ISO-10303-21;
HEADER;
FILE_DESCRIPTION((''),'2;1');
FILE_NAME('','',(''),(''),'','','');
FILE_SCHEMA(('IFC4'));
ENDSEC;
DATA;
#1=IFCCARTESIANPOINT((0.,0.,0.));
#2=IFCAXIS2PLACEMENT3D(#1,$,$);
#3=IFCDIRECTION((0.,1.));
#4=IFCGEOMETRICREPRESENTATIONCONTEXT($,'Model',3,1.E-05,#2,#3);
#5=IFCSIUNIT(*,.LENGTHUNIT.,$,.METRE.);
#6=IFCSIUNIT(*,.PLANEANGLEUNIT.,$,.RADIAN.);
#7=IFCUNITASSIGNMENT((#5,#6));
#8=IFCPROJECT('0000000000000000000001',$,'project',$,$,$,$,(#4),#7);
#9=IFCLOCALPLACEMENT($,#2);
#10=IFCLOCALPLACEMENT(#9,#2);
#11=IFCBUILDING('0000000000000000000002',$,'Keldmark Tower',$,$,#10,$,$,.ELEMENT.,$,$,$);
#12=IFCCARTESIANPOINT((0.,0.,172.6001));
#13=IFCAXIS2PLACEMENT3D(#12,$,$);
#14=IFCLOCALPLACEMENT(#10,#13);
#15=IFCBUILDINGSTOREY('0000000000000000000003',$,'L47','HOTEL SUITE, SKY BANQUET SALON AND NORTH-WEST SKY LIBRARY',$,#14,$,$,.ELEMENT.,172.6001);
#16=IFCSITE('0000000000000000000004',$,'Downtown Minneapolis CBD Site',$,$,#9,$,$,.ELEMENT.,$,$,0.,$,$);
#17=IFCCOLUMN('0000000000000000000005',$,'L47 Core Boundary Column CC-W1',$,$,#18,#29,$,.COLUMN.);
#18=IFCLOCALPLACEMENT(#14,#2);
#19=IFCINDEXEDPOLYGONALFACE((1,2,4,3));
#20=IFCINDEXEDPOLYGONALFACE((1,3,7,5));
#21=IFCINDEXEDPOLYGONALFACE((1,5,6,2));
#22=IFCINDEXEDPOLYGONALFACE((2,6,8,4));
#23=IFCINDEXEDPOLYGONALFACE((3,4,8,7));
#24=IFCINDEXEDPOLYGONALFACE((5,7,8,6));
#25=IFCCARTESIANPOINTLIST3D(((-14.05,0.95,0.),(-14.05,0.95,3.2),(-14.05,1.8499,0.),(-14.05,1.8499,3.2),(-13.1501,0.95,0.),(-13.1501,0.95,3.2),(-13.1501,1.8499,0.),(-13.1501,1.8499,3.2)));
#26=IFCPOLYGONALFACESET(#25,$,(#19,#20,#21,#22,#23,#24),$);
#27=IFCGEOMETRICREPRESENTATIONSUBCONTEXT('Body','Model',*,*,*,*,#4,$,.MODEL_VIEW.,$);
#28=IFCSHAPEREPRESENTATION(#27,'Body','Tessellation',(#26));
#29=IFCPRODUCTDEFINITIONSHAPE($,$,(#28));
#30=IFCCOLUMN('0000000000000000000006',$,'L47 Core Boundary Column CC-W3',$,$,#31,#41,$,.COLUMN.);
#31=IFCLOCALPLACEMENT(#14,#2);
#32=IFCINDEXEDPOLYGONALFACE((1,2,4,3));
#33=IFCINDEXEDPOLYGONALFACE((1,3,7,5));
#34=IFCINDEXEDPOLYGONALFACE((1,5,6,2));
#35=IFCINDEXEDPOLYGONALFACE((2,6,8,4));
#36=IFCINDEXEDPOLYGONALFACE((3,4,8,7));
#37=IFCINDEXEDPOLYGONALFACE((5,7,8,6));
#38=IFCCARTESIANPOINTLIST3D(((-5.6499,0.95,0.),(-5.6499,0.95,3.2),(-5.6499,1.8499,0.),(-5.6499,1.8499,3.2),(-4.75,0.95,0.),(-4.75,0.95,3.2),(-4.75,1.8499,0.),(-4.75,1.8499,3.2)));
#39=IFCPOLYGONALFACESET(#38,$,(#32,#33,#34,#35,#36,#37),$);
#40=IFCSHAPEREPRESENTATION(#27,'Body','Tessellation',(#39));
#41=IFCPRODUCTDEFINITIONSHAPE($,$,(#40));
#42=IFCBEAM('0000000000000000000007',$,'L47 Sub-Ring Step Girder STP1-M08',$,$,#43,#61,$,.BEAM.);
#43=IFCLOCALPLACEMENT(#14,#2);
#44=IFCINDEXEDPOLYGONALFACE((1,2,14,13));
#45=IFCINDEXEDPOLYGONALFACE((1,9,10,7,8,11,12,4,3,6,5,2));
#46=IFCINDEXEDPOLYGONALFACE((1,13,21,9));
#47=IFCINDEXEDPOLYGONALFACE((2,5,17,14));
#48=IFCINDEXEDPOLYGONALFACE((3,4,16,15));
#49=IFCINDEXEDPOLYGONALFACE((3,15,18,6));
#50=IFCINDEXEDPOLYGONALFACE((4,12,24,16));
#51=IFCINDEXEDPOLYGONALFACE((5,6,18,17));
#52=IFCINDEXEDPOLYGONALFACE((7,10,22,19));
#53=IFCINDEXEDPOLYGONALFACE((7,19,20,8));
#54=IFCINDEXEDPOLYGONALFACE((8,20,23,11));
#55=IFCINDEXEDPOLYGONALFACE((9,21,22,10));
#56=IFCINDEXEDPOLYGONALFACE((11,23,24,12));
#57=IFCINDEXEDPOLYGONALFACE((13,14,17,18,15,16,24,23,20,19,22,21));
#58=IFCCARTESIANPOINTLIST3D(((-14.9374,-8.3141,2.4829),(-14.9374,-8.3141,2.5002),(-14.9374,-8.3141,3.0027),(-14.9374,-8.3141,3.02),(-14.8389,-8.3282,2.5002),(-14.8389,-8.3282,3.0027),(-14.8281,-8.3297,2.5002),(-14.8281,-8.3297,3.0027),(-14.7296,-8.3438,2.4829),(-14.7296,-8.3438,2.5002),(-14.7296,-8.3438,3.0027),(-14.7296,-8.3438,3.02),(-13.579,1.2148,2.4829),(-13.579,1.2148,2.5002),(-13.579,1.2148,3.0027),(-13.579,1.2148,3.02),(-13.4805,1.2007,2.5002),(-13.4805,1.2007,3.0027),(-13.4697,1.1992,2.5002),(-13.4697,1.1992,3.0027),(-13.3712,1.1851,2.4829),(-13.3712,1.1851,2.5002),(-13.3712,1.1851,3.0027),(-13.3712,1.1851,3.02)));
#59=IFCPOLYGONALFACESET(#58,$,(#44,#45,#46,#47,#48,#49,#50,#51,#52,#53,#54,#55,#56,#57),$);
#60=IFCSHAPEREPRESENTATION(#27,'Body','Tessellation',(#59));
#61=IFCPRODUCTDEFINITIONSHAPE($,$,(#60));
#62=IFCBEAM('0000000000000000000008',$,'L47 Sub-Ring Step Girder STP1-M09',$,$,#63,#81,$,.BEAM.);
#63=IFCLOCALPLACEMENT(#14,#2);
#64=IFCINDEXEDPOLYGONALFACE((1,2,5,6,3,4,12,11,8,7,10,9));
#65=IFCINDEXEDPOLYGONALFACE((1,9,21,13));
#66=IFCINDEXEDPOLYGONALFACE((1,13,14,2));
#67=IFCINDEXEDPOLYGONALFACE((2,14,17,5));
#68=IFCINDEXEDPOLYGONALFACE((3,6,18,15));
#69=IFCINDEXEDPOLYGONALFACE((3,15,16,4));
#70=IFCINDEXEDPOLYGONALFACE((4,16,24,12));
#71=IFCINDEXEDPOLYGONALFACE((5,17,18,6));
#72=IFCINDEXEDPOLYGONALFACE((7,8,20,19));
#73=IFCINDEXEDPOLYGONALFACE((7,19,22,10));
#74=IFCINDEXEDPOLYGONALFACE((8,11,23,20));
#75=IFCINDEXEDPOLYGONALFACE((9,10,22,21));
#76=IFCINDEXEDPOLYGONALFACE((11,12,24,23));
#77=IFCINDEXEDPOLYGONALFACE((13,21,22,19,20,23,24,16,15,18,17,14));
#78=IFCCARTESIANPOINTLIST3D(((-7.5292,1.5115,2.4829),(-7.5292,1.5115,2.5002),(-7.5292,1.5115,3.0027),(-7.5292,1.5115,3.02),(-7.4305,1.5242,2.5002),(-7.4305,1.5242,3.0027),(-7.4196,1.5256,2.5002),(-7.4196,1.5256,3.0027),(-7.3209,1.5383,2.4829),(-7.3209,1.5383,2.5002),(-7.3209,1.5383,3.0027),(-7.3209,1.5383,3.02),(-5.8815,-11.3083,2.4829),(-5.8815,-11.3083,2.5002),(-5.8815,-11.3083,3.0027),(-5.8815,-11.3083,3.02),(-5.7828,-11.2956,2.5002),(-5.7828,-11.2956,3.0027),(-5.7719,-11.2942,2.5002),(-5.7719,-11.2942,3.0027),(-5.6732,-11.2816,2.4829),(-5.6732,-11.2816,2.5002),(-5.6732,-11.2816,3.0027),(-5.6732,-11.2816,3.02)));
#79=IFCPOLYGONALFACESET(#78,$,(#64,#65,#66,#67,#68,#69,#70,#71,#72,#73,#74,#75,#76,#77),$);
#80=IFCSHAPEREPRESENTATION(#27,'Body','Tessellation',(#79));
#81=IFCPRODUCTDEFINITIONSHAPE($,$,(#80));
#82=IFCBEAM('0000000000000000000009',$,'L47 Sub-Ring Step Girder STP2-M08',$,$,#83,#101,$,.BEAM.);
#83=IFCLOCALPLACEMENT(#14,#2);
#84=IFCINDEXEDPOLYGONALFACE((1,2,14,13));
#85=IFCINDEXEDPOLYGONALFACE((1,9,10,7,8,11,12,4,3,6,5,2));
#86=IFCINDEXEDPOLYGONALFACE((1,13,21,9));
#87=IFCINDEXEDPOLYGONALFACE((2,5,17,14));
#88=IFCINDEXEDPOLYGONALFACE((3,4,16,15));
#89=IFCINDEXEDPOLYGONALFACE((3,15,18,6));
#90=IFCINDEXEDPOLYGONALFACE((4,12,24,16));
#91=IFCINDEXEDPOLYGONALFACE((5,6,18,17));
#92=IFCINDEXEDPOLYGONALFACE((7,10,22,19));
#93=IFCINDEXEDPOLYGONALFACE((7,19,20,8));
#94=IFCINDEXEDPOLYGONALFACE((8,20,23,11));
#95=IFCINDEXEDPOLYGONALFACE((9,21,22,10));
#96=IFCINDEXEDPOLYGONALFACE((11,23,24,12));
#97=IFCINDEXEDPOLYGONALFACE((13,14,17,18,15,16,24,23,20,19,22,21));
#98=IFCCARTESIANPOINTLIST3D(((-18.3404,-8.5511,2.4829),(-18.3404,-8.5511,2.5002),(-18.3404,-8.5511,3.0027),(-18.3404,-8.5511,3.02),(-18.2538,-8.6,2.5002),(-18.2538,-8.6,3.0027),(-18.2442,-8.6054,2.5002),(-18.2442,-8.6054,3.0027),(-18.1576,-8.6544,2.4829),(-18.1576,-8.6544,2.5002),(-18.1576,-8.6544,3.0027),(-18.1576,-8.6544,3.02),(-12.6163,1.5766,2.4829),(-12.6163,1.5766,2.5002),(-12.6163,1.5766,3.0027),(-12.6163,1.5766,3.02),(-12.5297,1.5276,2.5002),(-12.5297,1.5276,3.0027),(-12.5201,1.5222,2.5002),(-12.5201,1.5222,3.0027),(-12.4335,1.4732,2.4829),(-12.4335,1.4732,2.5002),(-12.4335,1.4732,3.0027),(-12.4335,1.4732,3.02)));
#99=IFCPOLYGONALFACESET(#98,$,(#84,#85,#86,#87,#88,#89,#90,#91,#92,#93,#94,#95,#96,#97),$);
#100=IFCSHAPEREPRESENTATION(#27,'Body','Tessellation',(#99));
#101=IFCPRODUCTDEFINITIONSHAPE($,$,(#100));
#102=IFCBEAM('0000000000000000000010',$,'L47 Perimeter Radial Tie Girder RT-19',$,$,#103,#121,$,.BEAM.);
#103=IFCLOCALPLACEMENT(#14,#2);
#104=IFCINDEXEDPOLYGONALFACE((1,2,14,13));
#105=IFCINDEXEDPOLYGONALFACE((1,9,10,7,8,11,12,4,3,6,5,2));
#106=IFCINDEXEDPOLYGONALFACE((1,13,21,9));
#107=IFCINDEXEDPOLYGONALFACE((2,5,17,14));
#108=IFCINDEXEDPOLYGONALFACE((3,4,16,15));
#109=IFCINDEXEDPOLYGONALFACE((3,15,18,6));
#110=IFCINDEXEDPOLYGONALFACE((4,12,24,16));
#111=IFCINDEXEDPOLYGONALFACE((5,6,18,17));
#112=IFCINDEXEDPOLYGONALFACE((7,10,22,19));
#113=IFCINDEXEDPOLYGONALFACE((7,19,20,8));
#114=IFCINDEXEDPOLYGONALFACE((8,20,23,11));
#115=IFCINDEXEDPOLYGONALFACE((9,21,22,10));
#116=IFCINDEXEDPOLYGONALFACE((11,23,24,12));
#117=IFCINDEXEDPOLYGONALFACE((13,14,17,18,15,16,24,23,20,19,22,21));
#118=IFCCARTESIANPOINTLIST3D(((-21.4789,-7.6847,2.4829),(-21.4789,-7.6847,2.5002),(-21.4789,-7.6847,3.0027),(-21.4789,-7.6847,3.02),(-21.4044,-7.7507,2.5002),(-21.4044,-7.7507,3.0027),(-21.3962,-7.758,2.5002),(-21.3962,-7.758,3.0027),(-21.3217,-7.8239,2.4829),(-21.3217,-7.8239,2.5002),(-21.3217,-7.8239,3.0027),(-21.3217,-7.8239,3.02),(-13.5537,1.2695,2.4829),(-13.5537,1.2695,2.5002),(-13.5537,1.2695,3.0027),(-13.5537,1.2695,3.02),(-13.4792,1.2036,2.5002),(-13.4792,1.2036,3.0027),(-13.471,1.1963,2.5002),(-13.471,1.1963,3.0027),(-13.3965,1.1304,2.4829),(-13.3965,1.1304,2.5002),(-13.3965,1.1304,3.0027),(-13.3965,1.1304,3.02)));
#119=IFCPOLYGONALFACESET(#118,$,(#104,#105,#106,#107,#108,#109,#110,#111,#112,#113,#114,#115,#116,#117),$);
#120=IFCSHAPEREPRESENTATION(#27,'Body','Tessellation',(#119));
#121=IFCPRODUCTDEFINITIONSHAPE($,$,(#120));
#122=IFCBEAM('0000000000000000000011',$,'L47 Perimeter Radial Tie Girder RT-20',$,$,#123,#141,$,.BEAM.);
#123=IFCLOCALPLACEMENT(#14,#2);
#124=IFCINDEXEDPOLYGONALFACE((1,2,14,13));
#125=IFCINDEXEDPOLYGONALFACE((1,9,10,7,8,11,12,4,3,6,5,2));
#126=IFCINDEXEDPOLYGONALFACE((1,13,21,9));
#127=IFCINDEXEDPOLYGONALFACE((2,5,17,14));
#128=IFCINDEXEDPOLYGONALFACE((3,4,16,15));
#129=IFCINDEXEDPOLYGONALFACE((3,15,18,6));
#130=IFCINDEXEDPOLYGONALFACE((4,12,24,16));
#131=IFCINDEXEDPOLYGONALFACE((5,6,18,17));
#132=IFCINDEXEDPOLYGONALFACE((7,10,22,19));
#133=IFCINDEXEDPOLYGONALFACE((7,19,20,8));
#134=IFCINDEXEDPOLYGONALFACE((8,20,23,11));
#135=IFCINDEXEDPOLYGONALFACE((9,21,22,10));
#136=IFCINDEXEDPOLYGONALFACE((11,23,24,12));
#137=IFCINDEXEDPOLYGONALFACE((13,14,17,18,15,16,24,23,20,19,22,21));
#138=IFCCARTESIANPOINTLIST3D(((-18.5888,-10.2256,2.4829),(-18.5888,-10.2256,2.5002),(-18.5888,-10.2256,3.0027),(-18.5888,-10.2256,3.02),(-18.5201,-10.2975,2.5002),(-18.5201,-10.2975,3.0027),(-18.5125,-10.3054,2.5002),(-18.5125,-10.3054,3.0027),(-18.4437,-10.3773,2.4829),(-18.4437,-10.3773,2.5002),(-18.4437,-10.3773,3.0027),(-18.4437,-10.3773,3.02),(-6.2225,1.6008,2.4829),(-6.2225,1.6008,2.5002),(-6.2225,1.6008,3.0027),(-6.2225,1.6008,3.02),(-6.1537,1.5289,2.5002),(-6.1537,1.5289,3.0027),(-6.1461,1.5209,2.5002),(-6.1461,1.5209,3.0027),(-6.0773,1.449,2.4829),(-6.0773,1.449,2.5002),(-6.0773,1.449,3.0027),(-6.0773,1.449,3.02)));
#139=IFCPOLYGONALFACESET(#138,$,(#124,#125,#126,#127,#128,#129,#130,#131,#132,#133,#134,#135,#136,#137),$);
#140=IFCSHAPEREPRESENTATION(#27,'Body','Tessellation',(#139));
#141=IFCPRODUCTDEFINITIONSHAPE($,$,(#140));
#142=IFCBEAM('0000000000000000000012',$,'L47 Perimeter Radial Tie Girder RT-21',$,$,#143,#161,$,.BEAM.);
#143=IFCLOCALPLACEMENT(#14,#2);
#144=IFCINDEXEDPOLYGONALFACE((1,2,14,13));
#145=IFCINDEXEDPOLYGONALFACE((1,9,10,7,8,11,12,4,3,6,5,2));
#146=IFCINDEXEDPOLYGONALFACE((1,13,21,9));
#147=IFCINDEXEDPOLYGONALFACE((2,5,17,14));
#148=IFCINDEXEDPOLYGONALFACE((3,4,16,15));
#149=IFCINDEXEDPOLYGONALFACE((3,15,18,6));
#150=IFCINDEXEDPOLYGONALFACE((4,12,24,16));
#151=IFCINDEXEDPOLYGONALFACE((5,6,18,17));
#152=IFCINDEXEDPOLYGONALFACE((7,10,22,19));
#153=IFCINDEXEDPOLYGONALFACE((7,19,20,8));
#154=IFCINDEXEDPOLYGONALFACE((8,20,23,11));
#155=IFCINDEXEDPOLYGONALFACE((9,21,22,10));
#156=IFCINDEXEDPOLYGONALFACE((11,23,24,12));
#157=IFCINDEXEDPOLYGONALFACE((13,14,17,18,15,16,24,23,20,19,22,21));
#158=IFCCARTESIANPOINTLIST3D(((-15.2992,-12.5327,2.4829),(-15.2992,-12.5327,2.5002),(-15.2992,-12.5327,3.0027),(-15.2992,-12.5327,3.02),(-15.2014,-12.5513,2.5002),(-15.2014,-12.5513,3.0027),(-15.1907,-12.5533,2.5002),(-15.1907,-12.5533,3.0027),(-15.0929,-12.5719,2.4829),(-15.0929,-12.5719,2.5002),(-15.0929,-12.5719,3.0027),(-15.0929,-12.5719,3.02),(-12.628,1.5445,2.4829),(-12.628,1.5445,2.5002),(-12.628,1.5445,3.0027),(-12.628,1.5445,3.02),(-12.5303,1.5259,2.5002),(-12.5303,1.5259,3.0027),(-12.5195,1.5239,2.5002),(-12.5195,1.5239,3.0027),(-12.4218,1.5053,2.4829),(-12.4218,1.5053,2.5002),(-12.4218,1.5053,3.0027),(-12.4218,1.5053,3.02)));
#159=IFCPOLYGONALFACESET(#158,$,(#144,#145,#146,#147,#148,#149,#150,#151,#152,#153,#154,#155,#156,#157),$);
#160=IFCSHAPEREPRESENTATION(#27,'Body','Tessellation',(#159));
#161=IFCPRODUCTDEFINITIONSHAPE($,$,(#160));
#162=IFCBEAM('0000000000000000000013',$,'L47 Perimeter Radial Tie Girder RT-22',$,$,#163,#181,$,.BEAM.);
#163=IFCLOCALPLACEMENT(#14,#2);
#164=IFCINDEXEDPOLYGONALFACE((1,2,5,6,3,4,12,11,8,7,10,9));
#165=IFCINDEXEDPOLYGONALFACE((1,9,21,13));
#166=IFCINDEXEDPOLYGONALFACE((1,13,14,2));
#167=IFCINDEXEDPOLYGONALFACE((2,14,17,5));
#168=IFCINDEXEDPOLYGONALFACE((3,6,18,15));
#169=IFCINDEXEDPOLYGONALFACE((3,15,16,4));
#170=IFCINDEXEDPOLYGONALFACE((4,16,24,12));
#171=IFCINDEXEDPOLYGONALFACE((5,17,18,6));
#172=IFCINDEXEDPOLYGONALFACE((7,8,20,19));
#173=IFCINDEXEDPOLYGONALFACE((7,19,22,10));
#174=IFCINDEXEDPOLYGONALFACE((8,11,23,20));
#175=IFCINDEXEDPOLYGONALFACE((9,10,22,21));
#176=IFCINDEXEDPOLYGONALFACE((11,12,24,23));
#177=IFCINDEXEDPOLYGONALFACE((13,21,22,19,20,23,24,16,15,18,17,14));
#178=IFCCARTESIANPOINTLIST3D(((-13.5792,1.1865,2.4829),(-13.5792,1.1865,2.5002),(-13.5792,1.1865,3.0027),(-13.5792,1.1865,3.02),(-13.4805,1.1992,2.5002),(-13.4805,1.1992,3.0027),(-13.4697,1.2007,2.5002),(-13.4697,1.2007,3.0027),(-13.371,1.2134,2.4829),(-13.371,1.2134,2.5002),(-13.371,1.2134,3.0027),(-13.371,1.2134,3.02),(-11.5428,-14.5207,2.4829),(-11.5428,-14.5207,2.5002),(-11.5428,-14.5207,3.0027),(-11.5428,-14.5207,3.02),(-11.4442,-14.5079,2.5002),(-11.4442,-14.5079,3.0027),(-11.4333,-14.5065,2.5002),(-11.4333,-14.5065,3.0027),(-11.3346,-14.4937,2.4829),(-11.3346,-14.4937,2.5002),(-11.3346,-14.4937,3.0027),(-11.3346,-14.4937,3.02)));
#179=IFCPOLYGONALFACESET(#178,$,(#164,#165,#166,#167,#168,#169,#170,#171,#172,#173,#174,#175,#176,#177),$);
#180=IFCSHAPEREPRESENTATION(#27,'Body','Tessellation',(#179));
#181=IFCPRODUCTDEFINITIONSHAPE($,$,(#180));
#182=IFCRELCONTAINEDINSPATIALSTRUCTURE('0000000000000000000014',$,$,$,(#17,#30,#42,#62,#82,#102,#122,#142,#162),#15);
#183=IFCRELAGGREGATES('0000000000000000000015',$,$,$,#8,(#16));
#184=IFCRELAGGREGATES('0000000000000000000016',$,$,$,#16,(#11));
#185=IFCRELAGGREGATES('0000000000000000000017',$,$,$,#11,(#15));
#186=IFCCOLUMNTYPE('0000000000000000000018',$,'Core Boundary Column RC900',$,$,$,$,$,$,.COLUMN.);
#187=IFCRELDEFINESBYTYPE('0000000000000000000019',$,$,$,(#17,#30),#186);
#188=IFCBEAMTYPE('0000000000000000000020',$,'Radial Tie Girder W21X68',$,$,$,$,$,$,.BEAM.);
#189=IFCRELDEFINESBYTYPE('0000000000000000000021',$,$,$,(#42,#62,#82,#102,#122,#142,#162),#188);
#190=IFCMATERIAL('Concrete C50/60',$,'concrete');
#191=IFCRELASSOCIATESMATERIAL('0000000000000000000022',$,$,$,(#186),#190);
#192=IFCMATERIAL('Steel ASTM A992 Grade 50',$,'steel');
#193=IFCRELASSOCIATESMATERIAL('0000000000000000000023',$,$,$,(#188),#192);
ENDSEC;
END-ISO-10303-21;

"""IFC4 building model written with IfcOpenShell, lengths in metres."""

from ifc_helpers import new_model, si_unit, direction, frame, origin, origin_2d, place, context, subcontext, project, spatial, rectangle, i_section, extrude, material, material_profile, profile_set, type_object, element, save


model = new_model("IFC4")

# Units and contexts
model_context = context("Model", 3, precision=1e-05, world=origin(), true_north=direction((0.0, 1.0)))
body_context = subcontext(model_context, "Body", "Model", "MODEL_VIEW")
ifc_project = project(units=[si_unit("LENGTHUNIT", "METRE"), si_unit("PLANEANGLEUNIT", "RADIAN")], contexts=[model_context])

# Site, building, storey
site_placement = place(None, origin())
site = spatial("IfcSite", under=ifc_project, at=site_placement, Name="Downtown Minneapolis CBD Site", CompositionType="ELEMENT", RefElevation=0.0)
building_placement = place(site_placement, origin())
building = spatial("IfcBuilding", under=site, at=building_placement, Name="Keldmark Tower", CompositionType="ELEMENT")
storey_placement = place(building_placement, frame((0.0, 0.0, 172.6001)))
storey = spatial("IfcBuildingStorey", under=building, at=storey_placement, Name="L47", Description="HOTEL SUITE, SKY BANQUET SALON AND NORTH-WEST SKY LIBRARY", CompositionType="ELEMENT", Elevation=172.6001)

# Columns
ifc_material_1 = material(Name="Concrete C50/60", Category="concrete")
ifc_material_profile_1 = material_profile(ifc_material_1, rectangle(XDim=0.8999, YDim=0.8999, at=origin_2d()), Name="RC900X900")
ifc_profile_set_1 = profile_set([ifc_material_profile_1], Name="Concrete C50/60")
column_type = type_object("IfcColumnType", Name="Core Boundary Column RC900", PredefinedType="COLUMN", material=ifc_profile_set_1)
for number, where, z_axis, x_axis, name in (
    (1, (-13.6001, 1.3999, 0.0), (0.0, 0.0, 1.0), (1.0, 0.0, 0.0), "L47 Core Boundary Column CC-W1"),
    (2, (-5.2, 1.3999, 0.0), (0.0, 0.0, 1.0), (1.0, 0.0, 0.0), "L47 Core Boundary Column CC-W3"),
):
    element("IfcColumn", number, at=place(storey_placement, frame(where, z_axis=z_axis, x_axis=x_axis)), inside=storey, type_object=column_type, Name=name, PredefinedType="COLUMN", context=body_context, shape_type="SweptSolid", body=[
        extrude(rectangle(XDim=0.8999, YDim=0.8999, at=origin_2d()), origin(), (0.0, 0.0, 1.0), 3.2),
    ])

# Beams
ifc_material_2 = material(Name="Steel ASTM A992 Grade 50", Category="steel")
ifc_material_profile_2 = material_profile(ifc_material_2, i_section(OverallWidth=0.21, OverallDepth=0.5371, WebThickness=0.011, FlangeThickness=0.0173, at=origin_2d()), Name="W21X68")
ifc_profile_set_2 = profile_set([ifc_material_profile_2], Name="Steel ASTM A992 Grade 50")
beam_type = type_object("IfcBeamType", Name="Radial Tie Girder W21X68", PredefinedType="BEAM", material=ifc_profile_set_2)
beam_1_placement = place(storey_placement, frame((-13.4751, 1.2, 2.7515), z_axis=(-0.14113, -0.989991, 0.0), x_axis=(0.989991, -0.14113, 0.0)))
element("IfcBeam", 3, at=beam_1_placement, inside=storey, type_object=beam_type, Name="L47 Sub-Ring Step Girder STP1-M08", PredefinedType="BEAM", context=body_context, shape_type="SweptSolid", body=[
    extrude(i_section(OverallWidth=0.21, OverallDepth=0.5371, WebThickness=0.011, FlangeThickness=0.0173, at=origin_2d()), origin(), (0.0, 0.0, 1.0), 9.6252),
])
beam_2_placement = place(storey_placement, frame((-7.425, 1.5249, 2.7515), z_axis=(0.127479, -0.991841, 0.0), x_axis=(0.991841, 0.127479, 0.0)))
element("IfcBeam", 4, at=beam_2_placement, inside=storey, type_object=beam_type, Name="L47 Sub-Ring Step Girder STP1-M09", PredefinedType="BEAM", context=body_context, shape_type="SweptSolid", body=[
    extrude(i_section(OverallWidth=0.21, OverallDepth=0.5371, WebThickness=0.011, FlangeThickness=0.0173, at=origin_2d()), origin(), (0.0, 0.0, 1.0), 12.9253),
])
beam_3_placement = place(storey_placement, frame((-12.5249, 1.5249, 2.7515), z_axis=(-0.492043, -0.870571, 0.0), x_axis=(0.870571, -0.492043, 0.0)))
element("IfcBeam", 5, at=beam_3_placement, inside=storey, type_object=beam_type, Name="L47 Sub-Ring Step Girder STP2-M08", PredefinedType="BEAM", context=body_context, shape_type="SweptSolid", body=[
    extrude(i_section(OverallWidth=0.21, OverallDepth=0.5371, WebThickness=0.011, FlangeThickness=0.0173, at=origin_2d()), origin(), (0.0, 0.0, 1.0), 11.6333),
])
beam_4_placement = place(storey_placement, frame((-13.4751, 1.2, 2.7515), z_axis=(-0.662768, -0.748825, 0.0), x_axis=(0.748825, -0.662768, 0.0)))
element("IfcBeam", 6, at=beam_4_placement, inside=storey, type_object=beam_type, Name="L47 Perimeter Radial Tie Girder RT-19", PredefinedType="BEAM", context=body_context, shape_type="SweptSolid", body=[
    extrude(i_section(OverallWidth=0.21, OverallDepth=0.5371, WebThickness=0.011, FlangeThickness=0.0173, at=origin_2d()), origin(), (0.0, 0.0, 1.0), 11.9578),
])
beam_5_placement = place(storey_placement, frame((-6.1499, 1.5249, 2.7515), z_axis=(-0.722711, -0.69115, 0.0), x_axis=(0.69115, -0.722711, 0.0)))
element("IfcBeam", 7, at=beam_5_placement, inside=storey, type_object=beam_type, Name="L47 Perimeter Radial Tie Girder RT-20", PredefinedType="BEAM", context=body_context, shape_type="SweptSolid", body=[
    extrude(i_section(OverallWidth=0.21, OverallDepth=0.5371, WebThickness=0.011, FlangeThickness=0.0173, at=origin_2d()), origin(), (0.0, 0.0, 1.0), 17.1111),
])
beam_6_placement = place(storey_placement, frame((-12.5249, 1.5249, 2.7515), z_axis=(-0.186424, -0.982469, 0.0), x_axis=(0.982469, -0.186424, 0.0)))
element("IfcBeam", 8, at=beam_6_placement, inside=storey, type_object=beam_type, Name="L47 Perimeter Radial Tie Girder RT-21", PredefinedType="BEAM", context=body_context, shape_type="SweptSolid", body=[
    extrude(i_section(OverallWidth=0.21, OverallDepth=0.5371, WebThickness=0.011, FlangeThickness=0.0173, at=origin_2d()), origin(), (0.0, 0.0, 1.0), 14.3284),
])
beam_7_placement = place(storey_placement, frame((-13.4751, 1.2, 2.7515), z_axis=(0.128569, -0.991701, 0.0), x_axis=(0.991701, 0.128569, 0.0)))
element("IfcBeam", 9, at=beam_7_placement, inside=storey, type_object=beam_type, Name="L47 Perimeter Radial Tie Girder RT-22", PredefinedType="BEAM", context=body_context, shape_type="SweptSolid", body=[
    extrude(i_section(OverallWidth=0.21, OverallDepth=0.5371, WebThickness=0.011, FlangeThickness=0.0173, at=origin_2d()), origin(), (0.0, 0.0, 1.0), 15.8386),
])

save(model, "model.ifc")
